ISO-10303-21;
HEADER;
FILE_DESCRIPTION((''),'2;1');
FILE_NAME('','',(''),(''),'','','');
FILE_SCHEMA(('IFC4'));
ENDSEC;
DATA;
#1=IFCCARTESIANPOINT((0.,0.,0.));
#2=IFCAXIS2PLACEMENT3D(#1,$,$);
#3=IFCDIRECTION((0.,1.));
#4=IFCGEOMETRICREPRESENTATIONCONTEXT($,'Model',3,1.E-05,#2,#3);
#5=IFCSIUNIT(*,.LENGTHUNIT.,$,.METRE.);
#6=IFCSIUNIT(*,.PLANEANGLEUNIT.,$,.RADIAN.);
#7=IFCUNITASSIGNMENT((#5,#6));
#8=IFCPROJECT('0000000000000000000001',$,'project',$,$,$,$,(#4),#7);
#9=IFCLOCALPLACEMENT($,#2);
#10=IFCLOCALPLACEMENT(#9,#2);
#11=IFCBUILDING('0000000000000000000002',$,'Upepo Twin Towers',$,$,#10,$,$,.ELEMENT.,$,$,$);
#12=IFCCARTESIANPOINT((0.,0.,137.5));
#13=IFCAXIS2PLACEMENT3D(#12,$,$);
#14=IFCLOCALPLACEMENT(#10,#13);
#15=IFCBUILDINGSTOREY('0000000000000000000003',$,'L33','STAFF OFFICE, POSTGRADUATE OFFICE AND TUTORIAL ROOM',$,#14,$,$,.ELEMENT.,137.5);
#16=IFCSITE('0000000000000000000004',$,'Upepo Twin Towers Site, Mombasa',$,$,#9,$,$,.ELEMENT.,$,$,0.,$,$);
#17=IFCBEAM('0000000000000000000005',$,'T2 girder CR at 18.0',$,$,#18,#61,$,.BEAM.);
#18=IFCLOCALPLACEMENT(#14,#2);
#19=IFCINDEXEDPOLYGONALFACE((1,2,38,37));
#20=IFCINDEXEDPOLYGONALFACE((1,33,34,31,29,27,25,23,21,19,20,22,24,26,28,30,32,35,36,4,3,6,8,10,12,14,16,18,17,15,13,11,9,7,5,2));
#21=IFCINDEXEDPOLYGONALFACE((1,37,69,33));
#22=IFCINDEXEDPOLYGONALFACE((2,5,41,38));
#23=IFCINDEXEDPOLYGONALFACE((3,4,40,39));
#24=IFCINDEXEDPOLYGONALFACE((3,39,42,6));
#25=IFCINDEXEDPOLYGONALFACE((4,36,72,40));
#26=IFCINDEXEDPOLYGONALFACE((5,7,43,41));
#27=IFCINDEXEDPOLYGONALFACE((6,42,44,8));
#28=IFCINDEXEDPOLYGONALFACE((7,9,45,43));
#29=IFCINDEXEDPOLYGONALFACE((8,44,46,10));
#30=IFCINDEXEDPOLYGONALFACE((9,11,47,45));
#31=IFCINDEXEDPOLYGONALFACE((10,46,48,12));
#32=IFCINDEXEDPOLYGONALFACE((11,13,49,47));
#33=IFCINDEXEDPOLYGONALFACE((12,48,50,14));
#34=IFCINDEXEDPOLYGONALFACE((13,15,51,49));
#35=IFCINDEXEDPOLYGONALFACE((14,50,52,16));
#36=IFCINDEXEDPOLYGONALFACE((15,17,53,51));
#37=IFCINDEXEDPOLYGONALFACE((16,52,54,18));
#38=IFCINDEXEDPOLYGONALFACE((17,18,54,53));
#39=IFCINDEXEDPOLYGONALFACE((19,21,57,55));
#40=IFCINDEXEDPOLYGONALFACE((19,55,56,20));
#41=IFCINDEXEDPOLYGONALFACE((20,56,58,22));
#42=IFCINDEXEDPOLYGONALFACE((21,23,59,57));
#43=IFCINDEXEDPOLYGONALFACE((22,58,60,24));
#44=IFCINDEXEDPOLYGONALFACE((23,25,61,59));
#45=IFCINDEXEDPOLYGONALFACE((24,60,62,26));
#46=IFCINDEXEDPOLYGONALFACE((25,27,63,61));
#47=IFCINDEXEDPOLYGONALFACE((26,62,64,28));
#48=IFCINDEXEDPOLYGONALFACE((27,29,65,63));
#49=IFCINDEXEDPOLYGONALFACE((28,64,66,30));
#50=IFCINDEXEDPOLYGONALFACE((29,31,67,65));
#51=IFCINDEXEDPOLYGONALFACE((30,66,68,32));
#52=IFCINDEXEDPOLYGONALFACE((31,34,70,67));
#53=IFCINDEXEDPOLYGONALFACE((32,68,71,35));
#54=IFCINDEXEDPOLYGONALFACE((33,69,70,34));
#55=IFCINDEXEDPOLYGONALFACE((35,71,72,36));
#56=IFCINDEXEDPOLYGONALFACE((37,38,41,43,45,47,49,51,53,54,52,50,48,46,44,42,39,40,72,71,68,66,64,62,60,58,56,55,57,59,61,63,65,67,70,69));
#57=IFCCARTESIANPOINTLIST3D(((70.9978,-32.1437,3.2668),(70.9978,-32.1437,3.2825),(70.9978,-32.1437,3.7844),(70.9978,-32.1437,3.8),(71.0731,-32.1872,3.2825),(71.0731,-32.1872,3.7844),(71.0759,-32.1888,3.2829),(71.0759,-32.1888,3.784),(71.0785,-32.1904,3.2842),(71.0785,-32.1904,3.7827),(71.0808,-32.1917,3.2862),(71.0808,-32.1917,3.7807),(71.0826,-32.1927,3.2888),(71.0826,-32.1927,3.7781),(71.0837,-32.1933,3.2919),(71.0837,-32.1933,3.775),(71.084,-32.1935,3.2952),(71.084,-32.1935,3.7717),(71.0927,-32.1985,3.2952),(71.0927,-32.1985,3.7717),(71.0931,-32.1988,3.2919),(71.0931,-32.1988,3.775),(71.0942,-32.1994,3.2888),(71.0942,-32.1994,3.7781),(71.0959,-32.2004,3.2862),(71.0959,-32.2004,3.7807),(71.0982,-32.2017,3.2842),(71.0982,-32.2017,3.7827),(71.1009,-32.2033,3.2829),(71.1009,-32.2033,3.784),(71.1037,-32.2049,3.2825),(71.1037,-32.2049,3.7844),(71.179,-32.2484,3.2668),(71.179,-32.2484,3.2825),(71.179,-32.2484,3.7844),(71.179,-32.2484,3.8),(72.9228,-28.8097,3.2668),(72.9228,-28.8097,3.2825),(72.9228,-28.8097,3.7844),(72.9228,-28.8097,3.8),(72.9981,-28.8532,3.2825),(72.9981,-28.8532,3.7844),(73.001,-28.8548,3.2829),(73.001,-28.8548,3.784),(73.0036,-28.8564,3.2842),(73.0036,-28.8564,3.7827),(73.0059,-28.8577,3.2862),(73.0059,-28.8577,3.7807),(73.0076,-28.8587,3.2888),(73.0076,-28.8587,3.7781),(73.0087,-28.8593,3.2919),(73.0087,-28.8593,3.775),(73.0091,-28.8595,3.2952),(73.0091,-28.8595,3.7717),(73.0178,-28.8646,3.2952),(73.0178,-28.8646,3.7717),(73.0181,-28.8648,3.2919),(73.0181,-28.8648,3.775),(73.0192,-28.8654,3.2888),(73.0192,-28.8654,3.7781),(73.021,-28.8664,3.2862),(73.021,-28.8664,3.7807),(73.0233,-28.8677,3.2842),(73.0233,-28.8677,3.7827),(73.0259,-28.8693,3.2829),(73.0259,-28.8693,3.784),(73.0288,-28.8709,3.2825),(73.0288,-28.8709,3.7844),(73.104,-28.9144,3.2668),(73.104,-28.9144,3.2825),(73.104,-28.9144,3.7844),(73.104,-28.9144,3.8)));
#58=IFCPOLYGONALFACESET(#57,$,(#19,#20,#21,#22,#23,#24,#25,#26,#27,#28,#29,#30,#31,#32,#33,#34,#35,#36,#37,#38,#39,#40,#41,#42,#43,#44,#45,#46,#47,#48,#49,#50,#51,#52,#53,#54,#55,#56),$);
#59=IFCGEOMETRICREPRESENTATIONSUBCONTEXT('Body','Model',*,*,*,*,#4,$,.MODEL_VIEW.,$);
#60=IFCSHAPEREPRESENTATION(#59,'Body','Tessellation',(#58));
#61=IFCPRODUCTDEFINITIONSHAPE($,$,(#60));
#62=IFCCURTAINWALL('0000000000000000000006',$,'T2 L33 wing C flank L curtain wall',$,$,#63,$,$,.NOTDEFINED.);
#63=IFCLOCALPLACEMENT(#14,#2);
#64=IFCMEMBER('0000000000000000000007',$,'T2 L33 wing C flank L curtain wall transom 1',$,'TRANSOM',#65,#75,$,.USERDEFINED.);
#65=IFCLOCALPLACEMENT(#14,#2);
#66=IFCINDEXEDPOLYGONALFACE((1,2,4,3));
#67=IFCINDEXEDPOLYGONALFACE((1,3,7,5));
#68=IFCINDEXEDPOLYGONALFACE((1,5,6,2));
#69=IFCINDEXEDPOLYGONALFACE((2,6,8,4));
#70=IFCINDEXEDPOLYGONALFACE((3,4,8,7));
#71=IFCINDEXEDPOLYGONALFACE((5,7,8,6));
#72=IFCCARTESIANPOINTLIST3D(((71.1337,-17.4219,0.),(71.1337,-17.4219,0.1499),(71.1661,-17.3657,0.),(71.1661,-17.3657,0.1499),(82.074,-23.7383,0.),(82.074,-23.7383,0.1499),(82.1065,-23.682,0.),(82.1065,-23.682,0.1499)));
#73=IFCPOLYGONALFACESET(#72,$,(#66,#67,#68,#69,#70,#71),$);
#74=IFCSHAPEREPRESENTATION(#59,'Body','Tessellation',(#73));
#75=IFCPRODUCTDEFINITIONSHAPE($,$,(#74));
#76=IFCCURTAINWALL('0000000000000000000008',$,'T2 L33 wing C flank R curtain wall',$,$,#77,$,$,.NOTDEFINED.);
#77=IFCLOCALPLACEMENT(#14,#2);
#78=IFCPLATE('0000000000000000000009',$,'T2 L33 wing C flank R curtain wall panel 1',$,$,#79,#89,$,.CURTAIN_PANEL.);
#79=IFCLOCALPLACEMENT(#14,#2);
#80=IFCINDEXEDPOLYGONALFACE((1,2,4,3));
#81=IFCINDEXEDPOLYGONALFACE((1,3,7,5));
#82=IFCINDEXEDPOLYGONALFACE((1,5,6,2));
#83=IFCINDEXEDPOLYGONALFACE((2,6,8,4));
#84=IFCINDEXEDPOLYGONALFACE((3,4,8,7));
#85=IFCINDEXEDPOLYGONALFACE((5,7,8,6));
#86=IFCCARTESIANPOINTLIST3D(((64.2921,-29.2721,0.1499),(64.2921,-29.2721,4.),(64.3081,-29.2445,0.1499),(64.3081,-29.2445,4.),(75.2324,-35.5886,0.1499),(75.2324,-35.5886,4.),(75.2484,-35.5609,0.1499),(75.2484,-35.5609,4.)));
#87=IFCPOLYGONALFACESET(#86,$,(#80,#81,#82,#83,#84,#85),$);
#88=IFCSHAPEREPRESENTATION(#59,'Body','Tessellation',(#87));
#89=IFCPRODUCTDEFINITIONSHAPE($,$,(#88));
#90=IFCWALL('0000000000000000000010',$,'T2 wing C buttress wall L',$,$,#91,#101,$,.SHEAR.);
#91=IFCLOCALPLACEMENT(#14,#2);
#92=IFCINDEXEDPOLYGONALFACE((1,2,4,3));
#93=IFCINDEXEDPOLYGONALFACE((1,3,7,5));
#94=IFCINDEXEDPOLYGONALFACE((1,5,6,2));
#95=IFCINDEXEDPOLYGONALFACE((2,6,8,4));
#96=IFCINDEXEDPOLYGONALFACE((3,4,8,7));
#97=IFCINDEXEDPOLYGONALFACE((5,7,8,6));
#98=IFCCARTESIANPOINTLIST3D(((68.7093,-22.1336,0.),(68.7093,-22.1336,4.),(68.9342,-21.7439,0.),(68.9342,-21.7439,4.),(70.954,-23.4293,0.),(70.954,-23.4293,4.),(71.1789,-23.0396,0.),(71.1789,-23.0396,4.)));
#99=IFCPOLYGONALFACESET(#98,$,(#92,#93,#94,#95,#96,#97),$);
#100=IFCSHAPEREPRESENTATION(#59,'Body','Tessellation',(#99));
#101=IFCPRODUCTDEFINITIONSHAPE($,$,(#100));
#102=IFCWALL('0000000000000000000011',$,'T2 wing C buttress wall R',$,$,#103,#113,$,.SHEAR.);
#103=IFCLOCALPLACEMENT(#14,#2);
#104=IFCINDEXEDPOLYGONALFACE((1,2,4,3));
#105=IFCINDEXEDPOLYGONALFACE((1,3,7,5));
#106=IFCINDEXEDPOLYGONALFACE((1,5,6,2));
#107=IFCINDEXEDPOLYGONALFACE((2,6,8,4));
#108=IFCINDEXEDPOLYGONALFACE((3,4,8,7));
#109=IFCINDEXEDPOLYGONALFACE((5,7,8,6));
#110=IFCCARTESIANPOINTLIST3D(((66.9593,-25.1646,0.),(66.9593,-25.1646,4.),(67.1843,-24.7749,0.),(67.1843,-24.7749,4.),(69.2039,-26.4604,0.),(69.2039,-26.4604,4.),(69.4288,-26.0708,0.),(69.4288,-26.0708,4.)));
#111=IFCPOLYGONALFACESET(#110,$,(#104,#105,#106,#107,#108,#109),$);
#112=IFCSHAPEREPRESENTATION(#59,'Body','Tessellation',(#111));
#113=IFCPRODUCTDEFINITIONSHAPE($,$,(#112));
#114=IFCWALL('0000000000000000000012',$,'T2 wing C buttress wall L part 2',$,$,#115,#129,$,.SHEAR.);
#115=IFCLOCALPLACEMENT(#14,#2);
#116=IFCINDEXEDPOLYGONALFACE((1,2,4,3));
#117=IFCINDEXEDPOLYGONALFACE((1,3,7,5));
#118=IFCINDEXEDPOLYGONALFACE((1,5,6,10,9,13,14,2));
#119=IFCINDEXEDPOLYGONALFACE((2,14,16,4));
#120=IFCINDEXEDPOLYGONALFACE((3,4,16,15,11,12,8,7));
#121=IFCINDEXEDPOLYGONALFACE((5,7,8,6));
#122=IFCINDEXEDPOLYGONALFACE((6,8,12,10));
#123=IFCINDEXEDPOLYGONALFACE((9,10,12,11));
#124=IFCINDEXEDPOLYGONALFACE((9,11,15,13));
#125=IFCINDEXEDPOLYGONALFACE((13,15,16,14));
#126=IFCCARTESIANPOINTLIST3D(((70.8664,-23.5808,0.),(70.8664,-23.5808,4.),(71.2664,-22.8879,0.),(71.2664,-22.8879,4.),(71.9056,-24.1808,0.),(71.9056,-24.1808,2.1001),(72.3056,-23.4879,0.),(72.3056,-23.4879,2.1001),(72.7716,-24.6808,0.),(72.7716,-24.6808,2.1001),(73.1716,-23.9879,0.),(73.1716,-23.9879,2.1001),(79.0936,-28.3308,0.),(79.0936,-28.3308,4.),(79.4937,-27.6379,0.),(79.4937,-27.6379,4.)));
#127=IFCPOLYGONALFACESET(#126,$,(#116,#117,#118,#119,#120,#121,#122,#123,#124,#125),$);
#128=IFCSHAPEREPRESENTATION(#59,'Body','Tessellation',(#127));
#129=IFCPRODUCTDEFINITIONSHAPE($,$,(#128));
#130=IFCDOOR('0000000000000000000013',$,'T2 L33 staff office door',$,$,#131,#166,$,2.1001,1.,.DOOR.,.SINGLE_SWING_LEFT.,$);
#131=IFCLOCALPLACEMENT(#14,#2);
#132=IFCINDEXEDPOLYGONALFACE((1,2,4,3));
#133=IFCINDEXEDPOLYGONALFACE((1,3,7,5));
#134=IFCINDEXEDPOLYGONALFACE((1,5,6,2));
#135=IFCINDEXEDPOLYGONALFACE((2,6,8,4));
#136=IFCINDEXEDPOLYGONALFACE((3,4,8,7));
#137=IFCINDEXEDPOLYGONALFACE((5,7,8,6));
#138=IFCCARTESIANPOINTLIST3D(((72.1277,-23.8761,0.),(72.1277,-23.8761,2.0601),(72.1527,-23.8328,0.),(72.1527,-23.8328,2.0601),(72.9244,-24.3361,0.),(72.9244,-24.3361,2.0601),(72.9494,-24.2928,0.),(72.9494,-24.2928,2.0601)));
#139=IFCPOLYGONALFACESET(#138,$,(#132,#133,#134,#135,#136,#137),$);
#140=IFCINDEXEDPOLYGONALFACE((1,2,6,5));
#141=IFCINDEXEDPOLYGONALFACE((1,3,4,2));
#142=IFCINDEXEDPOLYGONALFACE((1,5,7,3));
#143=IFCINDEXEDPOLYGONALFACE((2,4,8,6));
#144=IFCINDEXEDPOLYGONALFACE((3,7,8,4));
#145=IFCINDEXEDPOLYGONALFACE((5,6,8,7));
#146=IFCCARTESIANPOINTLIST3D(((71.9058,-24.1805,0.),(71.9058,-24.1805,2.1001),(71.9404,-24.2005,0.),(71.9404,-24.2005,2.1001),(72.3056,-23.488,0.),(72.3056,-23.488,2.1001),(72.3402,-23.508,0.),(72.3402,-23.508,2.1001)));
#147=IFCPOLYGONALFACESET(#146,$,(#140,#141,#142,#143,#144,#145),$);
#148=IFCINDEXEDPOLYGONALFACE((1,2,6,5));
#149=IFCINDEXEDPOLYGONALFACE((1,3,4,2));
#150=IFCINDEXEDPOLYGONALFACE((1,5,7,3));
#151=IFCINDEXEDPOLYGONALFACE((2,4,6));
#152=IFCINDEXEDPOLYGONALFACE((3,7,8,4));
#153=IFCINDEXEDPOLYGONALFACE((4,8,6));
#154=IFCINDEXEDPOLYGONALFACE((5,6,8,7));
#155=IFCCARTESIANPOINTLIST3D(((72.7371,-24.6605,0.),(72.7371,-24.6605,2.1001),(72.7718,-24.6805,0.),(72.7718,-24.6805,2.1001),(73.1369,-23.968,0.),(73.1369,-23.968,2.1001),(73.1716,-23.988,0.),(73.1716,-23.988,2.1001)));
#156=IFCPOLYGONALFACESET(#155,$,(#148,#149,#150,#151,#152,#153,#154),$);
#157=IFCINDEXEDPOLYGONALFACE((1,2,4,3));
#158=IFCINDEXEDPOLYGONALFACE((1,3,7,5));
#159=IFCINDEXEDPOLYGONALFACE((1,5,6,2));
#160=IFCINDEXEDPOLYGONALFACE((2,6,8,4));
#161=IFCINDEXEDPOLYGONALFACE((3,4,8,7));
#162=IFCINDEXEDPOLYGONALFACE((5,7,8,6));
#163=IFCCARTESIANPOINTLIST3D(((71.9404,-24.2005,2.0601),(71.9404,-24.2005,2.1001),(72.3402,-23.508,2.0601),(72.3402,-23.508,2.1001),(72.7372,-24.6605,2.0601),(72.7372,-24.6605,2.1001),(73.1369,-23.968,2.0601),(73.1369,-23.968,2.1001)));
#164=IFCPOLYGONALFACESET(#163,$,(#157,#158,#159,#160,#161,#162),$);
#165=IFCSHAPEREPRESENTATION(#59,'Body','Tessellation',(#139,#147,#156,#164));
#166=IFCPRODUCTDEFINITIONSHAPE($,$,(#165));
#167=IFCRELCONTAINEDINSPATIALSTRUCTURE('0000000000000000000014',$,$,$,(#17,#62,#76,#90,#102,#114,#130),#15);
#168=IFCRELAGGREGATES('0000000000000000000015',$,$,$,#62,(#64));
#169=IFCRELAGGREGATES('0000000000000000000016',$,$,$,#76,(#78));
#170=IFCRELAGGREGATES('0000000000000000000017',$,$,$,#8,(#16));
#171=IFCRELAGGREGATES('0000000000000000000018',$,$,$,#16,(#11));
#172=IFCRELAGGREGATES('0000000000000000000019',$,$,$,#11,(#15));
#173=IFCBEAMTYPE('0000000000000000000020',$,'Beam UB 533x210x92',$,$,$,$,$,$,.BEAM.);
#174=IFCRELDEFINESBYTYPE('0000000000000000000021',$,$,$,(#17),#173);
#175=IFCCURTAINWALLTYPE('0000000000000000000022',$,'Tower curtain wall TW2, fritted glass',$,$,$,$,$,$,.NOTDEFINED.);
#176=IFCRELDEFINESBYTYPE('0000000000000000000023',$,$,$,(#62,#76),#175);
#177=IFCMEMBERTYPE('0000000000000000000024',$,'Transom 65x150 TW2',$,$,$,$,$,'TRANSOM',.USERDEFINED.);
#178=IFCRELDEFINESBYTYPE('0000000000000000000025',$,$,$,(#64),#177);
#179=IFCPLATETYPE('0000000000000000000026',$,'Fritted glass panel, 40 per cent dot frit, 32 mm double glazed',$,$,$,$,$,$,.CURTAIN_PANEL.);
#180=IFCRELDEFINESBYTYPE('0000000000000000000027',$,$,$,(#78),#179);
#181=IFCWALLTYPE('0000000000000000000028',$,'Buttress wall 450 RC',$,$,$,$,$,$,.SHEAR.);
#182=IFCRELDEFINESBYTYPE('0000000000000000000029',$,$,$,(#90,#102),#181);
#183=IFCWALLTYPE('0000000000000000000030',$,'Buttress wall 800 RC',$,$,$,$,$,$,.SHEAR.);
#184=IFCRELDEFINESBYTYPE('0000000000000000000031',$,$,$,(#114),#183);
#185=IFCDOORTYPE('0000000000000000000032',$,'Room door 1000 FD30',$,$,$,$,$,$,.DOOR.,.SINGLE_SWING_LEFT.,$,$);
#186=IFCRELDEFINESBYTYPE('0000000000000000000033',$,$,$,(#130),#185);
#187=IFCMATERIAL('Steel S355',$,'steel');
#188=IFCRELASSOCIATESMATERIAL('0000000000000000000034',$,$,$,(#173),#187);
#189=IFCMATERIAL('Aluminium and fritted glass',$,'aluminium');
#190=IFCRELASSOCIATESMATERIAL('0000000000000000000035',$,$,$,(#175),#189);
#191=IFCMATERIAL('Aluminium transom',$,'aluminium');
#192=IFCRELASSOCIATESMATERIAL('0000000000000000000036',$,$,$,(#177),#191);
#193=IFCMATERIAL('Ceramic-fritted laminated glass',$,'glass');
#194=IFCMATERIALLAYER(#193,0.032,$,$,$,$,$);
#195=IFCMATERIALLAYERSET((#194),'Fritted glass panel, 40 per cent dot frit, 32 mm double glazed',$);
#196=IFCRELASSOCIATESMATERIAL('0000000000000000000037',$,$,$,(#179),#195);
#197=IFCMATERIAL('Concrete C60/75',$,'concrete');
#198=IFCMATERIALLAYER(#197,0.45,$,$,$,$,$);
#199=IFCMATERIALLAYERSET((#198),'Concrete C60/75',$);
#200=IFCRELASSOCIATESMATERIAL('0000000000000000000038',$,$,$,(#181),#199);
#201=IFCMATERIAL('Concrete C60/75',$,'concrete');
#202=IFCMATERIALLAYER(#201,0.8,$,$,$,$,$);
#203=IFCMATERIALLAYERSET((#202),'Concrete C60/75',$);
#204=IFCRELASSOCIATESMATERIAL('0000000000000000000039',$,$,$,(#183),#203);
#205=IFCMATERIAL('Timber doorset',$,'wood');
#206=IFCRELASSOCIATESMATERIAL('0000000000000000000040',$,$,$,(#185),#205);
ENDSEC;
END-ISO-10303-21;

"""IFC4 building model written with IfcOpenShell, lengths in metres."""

from ifc_helpers import new_model, si_unit, direction, frame, frame_2d, origin, origin_2d, place, context, subcontext, project, spatial, rectangle, i_section, extrude, material, layer, layer_set, material_profile, profile_set, type_object, element, fill, aggregate, save


model = new_model("IFC4")

# Units and contexts
model_context = context("Model", 3, precision=1e-05, world=origin(), true_north=direction((0.0, 1.0)))
body_context = subcontext(model_context, "Body", "Model", "MODEL_VIEW")
ifc_project = project(units=[si_unit("LENGTHUNIT", "METRE"), si_unit("PLANEANGLEUNIT", "RADIAN")], contexts=[model_context])

# Site, building, storey
site_placement = place(None, origin())
site = spatial("IfcSite", under=ifc_project, at=site_placement, Name="Upepo Twin Towers Site, Mombasa", CompositionType="ELEMENT", RefElevation=0.0)
building_placement = place(site_placement, origin())
building = spatial("IfcBuilding", under=site, at=building_placement, Name="Upepo Twin Towers", CompositionType="ELEMENT")
storey_placement = place(building_placement, frame((0.0, 0.0, 137.5)))
storey = spatial("IfcBuildingStorey", under=building, at=storey_placement, Name="L33", Description="STAFF OFFICE, POSTGRADUATE OFFICE AND TUTORIAL ROOM", CompositionType="ELEMENT", Elevation=137.5)

# Beam
ifc_material_1 = material(Name="Steel S355", Category="steel")
ifc_material_profile_1 = material_profile(ifc_material_1, i_section(OverallWidth=0.2092, OverallDepth=0.5332, WebThickness=0.01, FlangeThickness=0.0156, FilletRadius=0.0127, at=origin_2d()), Name="UB 533x210x92")
ifc_profile_set_1 = profile_set([ifc_material_profile_1], Name="Steel S355")
beam_type_1 = type_object("IfcBeamType", Name="Beam UB 533x210x92", PredefinedType="BEAM", material=ifc_profile_set_1)
for number, where, z_axis, x_axis, name in (
    (1, (71.0884, -32.196, 3.5334), (0.500034, 0.866006, 0.0), (-0.866006, 0.500034, 0.0), "T2 girder CR at 18.0"),
):
    element("IfcBeam", number, at=place(storey_placement, frame(where, z_axis=z_axis, x_axis=x_axis)), inside=storey, type_object=beam_type_1, Name=name, PredefinedType="BEAM", context=body_context, shape_type="SweptSolid", body=[
        extrude(i_section(OverallWidth=0.2092, OverallDepth=0.5332, WebThickness=0.01, FlangeThickness=0.0156, FilletRadius=0.0127, at=origin_2d()), origin(), (0.0, 0.0, 1.0), 3.8499),
    ])

# Curtain wall, member
ifc_material_2 = material(Name="Aluminium and fritted glass", Category="aluminium")
curtain_wall_type = type_object("IfcCurtainWallType", Name="Tower curtain wall TW2, fritted glass", PredefinedType="NOTDEFINED", material=ifc_material_2)
curtain_wall_1_placement = place(storey_placement, origin())
curtain_wall_1 = element("IfcCurtainWall", 2, at=curtain_wall_1_placement, inside=storey, type_object=curtain_wall_type, Name="T2 L33 wing C flank L curtain wall", PredefinedType="NOTDEFINED")
ifc_material_3 = material(Name="Aluminium transom", Category="aluminium")
ifc_material_profile_2 = material_profile(ifc_material_3, rectangle(XDim=0.0649, YDim=0.1499, at=origin_2d()), Name="TRANSOM 65x150")
ifc_profile_set_2 = profile_set([ifc_material_profile_2], Name="Aluminium transom")
member_type = type_object("IfcMemberType", Name="Transom 65x150 TW2", ElementType="TRANSOM", PredefinedType="USERDEFINED", material=ifc_profile_set_2)
member_placement = place(storey_placement, frame((71.1499, -17.3938, 0.075), z_axis=(0.866027, -0.499997, 0.0), x_axis=(0.499997, 0.866027, 0.0)))
member = element("IfcMember", 3, at=member_placement, type_object=member_type, Name="T2 L33 wing C flank L curtain wall transom 1", ObjectType="TRANSOM", PredefinedType="USERDEFINED", context=body_context, shape_type="SweptSolid", body=[
    extrude(rectangle(XDim=0.0649, YDim=0.1499, at=origin_2d()), origin(), (0.0, 0.0, 1.0), 12.6328),
])
aggregate(curtain_wall_1, [member])

# Curtain wall, plate
curtain_wall_2_placement = place(storey_placement, origin())
curtain_wall_2 = element("IfcCurtainWall", 4, at=curtain_wall_2_placement, inside=storey, type_object=curtain_wall_type, Name="T2 L33 wing C flank R curtain wall", PredefinedType="NOTDEFINED")
ifc_material_4 = material(Name="Ceramic-fritted laminated glass", Category="glass")
ifc_layer_1 = layer(ifc_material_4, 0.032)
ifc_layer_set_1 = layer_set([ifc_layer_1], Name="Fritted glass panel, 40 per cent dot frit, 32 mm double glazed")
plate_type = type_object("IfcPlateType", Name="Fritted glass panel, 40 per cent dot frit, 32 mm double glazed", PredefinedType="CURTAIN_PANEL", material=ifc_layer_set_1)
plate_placement = place(storey_placement, frame((69.7703, -32.4165, 0.1499), z_axis=(0.0, 0.0, 1.0), x_axis=(-0.866025, 0.5, 0.0)))
plate = element("IfcPlate", 5, at=plate_placement, type_object=plate_type, Name="T2 L33 wing C flank R curtain wall panel 1", PredefinedType="CURTAIN_PANEL", context=body_context, shape_type="SweptSolid", body=[
    extrude(rectangle(XDim=12.6328, YDim=0.032, at=origin_2d()), origin(), (0.0, 0.0, 1.0), 3.8501),
])
aggregate(curtain_wall_2, [plate])

# Walls
ifc_material_5 = material(Name="Concrete C60/75", Category="concrete")
ifc_layer_2 = layer(ifc_material_5, 0.45)
ifc_layer_set_2 = layer_set([ifc_layer_2], Name="Concrete C60/75")
wall_type_1 = type_object("IfcWallType", Name="Buttress wall 450 RC", PredefinedType="SHEAR", material=ifc_layer_set_2)
for number, where, z_axis, x_axis, name in (
    (6, (68.8218, -21.9387, 0.0), (0.0, 0.0, 1.0), (0.866073, -0.499918, 0.0), "T2 wing C buttress wall L"),
    (7, (67.0718, -24.9697, 0.0), (0.0, 0.0, 1.0), (0.866032, -0.499989, 0.0), "T2 wing C buttress wall R"),
):
    element("IfcWall", number, at=place(storey_placement, frame(where, z_axis=z_axis, x_axis=x_axis)), inside=storey, type_object=wall_type_1, Name=name, PredefinedType="SHEAR", context=body_context, shape_type="SweptSolid", body=[
        extrude(rectangle(XDim=2.5918, YDim=0.45, at=frame_2d((1.2959, 0.0))), origin(), (0.0, 0.0, 1.0), 4.0),
    ])

# Wall, opening, door
ifc_material_6 = material(Name="Concrete C60/75", Category="concrete")
ifc_layer_3 = layer(ifc_material_6, 0.8)
ifc_layer_set_3 = layer_set([ifc_layer_3], Name="Concrete C60/75")
wall_type_2 = type_object("IfcWallType", Name="Buttress wall 800 RC", PredefinedType="SHEAR", material=ifc_layer_set_3)
wall_1_placement = place(storey_placement, frame((71.0664, -23.2344, 0.0), z_axis=(0.0, 0.0, 1.0), x_axis=(0.866027, -0.499998, 0.0)))
wall_1 = element("IfcWall", 8, at=wall_1_placement, inside=storey, type_object=wall_type_2, Name="T2 wing C buttress wall L part 2", PredefinedType="SHEAR", context=body_context, shape_type="SweptSolid", body=[
    extrude(rectangle(XDim=9.5, YDim=0.8, at=frame_2d((4.75, 0.0))), origin(), (0.0, 0.0, 1.0), 4.0),
])
opening_1_placement = place(wall_1_placement, frame((1.2, 0.0, 0.0)))
opening_1 = element("IfcOpeningElement", 9, at=opening_1_placement, cuts=wall_1, PredefinedType="OPENING", context=body_context, shape_type="SweptSolid", body=[
    extrude(rectangle(XDim=1.0, YDim=2.1001, at=frame_2d((0.5, 1.05))), frame((0.0, 0.4099, 0.0), z_axis=(0.0, -1.0, 0.0), x_axis=(1.0, 0.0, 0.0)), (0.0, 0.0, 1.0), 0.8201),
])
ifc_material_7 = material(Name="Timber doorset", Category="wood")
door_type = type_object("IfcDoorType", Name="Room door 1000 FD30", OperationType="SINGLE_SWING_LEFT", PredefinedType="DOOR", material=ifc_material_7)
door_1_placement = place(opening_1_placement, origin())
door_1 = element("IfcDoor", 10, at=door_1_placement, inside=storey, type_object=door_type, Name="T2 L33 staff office door", OperationType="SINGLE_SWING_LEFT", OverallHeight=2.1001, OverallWidth=1.0, PredefinedType="DOOR", context=body_context, shape_type="SweptSolid", body=[
    extrude(rectangle(XDim=0.92, YDim=2.0601, at=frame_2d((0.5, 1.03))), frame((0.0, 0.0249, 0.0), z_axis=(0.0, -1.0, 0.0), x_axis=(1.0, 0.0, 0.0)), (0.0, 0.0, 1.0), 0.05),
    extrude(rectangle(XDim=0.04, YDim=2.1001, at=frame_2d((0.02, 1.05))), frame((0.0, 0.3999, 0.0), z_axis=(0.0, -1.0, 0.0), x_axis=(1.0, 0.0, 0.0)), (0.0, 0.0, 1.0), 0.7996),
    extrude(rectangle(XDim=0.04, YDim=2.1001, at=frame_2d((0.98, 1.05))), frame((0.0, 0.3999, 0.0), z_axis=(0.0, -1.0, 0.0), x_axis=(1.0, 0.0, 0.0)), (0.0, 0.0, 1.0), 0.7996),
    extrude(rectangle(XDim=0.92, YDim=0.04, at=frame_2d((0.5, 2.0801))), frame((0.0, 0.3999, 0.0), z_axis=(0.0, -1.0, 0.0), x_axis=(1.0, 0.0, 0.0)), (0.0, 0.0, 1.0), 0.7996),
])
fill(opening_1, door_1)

save(model, "model.ifc")
